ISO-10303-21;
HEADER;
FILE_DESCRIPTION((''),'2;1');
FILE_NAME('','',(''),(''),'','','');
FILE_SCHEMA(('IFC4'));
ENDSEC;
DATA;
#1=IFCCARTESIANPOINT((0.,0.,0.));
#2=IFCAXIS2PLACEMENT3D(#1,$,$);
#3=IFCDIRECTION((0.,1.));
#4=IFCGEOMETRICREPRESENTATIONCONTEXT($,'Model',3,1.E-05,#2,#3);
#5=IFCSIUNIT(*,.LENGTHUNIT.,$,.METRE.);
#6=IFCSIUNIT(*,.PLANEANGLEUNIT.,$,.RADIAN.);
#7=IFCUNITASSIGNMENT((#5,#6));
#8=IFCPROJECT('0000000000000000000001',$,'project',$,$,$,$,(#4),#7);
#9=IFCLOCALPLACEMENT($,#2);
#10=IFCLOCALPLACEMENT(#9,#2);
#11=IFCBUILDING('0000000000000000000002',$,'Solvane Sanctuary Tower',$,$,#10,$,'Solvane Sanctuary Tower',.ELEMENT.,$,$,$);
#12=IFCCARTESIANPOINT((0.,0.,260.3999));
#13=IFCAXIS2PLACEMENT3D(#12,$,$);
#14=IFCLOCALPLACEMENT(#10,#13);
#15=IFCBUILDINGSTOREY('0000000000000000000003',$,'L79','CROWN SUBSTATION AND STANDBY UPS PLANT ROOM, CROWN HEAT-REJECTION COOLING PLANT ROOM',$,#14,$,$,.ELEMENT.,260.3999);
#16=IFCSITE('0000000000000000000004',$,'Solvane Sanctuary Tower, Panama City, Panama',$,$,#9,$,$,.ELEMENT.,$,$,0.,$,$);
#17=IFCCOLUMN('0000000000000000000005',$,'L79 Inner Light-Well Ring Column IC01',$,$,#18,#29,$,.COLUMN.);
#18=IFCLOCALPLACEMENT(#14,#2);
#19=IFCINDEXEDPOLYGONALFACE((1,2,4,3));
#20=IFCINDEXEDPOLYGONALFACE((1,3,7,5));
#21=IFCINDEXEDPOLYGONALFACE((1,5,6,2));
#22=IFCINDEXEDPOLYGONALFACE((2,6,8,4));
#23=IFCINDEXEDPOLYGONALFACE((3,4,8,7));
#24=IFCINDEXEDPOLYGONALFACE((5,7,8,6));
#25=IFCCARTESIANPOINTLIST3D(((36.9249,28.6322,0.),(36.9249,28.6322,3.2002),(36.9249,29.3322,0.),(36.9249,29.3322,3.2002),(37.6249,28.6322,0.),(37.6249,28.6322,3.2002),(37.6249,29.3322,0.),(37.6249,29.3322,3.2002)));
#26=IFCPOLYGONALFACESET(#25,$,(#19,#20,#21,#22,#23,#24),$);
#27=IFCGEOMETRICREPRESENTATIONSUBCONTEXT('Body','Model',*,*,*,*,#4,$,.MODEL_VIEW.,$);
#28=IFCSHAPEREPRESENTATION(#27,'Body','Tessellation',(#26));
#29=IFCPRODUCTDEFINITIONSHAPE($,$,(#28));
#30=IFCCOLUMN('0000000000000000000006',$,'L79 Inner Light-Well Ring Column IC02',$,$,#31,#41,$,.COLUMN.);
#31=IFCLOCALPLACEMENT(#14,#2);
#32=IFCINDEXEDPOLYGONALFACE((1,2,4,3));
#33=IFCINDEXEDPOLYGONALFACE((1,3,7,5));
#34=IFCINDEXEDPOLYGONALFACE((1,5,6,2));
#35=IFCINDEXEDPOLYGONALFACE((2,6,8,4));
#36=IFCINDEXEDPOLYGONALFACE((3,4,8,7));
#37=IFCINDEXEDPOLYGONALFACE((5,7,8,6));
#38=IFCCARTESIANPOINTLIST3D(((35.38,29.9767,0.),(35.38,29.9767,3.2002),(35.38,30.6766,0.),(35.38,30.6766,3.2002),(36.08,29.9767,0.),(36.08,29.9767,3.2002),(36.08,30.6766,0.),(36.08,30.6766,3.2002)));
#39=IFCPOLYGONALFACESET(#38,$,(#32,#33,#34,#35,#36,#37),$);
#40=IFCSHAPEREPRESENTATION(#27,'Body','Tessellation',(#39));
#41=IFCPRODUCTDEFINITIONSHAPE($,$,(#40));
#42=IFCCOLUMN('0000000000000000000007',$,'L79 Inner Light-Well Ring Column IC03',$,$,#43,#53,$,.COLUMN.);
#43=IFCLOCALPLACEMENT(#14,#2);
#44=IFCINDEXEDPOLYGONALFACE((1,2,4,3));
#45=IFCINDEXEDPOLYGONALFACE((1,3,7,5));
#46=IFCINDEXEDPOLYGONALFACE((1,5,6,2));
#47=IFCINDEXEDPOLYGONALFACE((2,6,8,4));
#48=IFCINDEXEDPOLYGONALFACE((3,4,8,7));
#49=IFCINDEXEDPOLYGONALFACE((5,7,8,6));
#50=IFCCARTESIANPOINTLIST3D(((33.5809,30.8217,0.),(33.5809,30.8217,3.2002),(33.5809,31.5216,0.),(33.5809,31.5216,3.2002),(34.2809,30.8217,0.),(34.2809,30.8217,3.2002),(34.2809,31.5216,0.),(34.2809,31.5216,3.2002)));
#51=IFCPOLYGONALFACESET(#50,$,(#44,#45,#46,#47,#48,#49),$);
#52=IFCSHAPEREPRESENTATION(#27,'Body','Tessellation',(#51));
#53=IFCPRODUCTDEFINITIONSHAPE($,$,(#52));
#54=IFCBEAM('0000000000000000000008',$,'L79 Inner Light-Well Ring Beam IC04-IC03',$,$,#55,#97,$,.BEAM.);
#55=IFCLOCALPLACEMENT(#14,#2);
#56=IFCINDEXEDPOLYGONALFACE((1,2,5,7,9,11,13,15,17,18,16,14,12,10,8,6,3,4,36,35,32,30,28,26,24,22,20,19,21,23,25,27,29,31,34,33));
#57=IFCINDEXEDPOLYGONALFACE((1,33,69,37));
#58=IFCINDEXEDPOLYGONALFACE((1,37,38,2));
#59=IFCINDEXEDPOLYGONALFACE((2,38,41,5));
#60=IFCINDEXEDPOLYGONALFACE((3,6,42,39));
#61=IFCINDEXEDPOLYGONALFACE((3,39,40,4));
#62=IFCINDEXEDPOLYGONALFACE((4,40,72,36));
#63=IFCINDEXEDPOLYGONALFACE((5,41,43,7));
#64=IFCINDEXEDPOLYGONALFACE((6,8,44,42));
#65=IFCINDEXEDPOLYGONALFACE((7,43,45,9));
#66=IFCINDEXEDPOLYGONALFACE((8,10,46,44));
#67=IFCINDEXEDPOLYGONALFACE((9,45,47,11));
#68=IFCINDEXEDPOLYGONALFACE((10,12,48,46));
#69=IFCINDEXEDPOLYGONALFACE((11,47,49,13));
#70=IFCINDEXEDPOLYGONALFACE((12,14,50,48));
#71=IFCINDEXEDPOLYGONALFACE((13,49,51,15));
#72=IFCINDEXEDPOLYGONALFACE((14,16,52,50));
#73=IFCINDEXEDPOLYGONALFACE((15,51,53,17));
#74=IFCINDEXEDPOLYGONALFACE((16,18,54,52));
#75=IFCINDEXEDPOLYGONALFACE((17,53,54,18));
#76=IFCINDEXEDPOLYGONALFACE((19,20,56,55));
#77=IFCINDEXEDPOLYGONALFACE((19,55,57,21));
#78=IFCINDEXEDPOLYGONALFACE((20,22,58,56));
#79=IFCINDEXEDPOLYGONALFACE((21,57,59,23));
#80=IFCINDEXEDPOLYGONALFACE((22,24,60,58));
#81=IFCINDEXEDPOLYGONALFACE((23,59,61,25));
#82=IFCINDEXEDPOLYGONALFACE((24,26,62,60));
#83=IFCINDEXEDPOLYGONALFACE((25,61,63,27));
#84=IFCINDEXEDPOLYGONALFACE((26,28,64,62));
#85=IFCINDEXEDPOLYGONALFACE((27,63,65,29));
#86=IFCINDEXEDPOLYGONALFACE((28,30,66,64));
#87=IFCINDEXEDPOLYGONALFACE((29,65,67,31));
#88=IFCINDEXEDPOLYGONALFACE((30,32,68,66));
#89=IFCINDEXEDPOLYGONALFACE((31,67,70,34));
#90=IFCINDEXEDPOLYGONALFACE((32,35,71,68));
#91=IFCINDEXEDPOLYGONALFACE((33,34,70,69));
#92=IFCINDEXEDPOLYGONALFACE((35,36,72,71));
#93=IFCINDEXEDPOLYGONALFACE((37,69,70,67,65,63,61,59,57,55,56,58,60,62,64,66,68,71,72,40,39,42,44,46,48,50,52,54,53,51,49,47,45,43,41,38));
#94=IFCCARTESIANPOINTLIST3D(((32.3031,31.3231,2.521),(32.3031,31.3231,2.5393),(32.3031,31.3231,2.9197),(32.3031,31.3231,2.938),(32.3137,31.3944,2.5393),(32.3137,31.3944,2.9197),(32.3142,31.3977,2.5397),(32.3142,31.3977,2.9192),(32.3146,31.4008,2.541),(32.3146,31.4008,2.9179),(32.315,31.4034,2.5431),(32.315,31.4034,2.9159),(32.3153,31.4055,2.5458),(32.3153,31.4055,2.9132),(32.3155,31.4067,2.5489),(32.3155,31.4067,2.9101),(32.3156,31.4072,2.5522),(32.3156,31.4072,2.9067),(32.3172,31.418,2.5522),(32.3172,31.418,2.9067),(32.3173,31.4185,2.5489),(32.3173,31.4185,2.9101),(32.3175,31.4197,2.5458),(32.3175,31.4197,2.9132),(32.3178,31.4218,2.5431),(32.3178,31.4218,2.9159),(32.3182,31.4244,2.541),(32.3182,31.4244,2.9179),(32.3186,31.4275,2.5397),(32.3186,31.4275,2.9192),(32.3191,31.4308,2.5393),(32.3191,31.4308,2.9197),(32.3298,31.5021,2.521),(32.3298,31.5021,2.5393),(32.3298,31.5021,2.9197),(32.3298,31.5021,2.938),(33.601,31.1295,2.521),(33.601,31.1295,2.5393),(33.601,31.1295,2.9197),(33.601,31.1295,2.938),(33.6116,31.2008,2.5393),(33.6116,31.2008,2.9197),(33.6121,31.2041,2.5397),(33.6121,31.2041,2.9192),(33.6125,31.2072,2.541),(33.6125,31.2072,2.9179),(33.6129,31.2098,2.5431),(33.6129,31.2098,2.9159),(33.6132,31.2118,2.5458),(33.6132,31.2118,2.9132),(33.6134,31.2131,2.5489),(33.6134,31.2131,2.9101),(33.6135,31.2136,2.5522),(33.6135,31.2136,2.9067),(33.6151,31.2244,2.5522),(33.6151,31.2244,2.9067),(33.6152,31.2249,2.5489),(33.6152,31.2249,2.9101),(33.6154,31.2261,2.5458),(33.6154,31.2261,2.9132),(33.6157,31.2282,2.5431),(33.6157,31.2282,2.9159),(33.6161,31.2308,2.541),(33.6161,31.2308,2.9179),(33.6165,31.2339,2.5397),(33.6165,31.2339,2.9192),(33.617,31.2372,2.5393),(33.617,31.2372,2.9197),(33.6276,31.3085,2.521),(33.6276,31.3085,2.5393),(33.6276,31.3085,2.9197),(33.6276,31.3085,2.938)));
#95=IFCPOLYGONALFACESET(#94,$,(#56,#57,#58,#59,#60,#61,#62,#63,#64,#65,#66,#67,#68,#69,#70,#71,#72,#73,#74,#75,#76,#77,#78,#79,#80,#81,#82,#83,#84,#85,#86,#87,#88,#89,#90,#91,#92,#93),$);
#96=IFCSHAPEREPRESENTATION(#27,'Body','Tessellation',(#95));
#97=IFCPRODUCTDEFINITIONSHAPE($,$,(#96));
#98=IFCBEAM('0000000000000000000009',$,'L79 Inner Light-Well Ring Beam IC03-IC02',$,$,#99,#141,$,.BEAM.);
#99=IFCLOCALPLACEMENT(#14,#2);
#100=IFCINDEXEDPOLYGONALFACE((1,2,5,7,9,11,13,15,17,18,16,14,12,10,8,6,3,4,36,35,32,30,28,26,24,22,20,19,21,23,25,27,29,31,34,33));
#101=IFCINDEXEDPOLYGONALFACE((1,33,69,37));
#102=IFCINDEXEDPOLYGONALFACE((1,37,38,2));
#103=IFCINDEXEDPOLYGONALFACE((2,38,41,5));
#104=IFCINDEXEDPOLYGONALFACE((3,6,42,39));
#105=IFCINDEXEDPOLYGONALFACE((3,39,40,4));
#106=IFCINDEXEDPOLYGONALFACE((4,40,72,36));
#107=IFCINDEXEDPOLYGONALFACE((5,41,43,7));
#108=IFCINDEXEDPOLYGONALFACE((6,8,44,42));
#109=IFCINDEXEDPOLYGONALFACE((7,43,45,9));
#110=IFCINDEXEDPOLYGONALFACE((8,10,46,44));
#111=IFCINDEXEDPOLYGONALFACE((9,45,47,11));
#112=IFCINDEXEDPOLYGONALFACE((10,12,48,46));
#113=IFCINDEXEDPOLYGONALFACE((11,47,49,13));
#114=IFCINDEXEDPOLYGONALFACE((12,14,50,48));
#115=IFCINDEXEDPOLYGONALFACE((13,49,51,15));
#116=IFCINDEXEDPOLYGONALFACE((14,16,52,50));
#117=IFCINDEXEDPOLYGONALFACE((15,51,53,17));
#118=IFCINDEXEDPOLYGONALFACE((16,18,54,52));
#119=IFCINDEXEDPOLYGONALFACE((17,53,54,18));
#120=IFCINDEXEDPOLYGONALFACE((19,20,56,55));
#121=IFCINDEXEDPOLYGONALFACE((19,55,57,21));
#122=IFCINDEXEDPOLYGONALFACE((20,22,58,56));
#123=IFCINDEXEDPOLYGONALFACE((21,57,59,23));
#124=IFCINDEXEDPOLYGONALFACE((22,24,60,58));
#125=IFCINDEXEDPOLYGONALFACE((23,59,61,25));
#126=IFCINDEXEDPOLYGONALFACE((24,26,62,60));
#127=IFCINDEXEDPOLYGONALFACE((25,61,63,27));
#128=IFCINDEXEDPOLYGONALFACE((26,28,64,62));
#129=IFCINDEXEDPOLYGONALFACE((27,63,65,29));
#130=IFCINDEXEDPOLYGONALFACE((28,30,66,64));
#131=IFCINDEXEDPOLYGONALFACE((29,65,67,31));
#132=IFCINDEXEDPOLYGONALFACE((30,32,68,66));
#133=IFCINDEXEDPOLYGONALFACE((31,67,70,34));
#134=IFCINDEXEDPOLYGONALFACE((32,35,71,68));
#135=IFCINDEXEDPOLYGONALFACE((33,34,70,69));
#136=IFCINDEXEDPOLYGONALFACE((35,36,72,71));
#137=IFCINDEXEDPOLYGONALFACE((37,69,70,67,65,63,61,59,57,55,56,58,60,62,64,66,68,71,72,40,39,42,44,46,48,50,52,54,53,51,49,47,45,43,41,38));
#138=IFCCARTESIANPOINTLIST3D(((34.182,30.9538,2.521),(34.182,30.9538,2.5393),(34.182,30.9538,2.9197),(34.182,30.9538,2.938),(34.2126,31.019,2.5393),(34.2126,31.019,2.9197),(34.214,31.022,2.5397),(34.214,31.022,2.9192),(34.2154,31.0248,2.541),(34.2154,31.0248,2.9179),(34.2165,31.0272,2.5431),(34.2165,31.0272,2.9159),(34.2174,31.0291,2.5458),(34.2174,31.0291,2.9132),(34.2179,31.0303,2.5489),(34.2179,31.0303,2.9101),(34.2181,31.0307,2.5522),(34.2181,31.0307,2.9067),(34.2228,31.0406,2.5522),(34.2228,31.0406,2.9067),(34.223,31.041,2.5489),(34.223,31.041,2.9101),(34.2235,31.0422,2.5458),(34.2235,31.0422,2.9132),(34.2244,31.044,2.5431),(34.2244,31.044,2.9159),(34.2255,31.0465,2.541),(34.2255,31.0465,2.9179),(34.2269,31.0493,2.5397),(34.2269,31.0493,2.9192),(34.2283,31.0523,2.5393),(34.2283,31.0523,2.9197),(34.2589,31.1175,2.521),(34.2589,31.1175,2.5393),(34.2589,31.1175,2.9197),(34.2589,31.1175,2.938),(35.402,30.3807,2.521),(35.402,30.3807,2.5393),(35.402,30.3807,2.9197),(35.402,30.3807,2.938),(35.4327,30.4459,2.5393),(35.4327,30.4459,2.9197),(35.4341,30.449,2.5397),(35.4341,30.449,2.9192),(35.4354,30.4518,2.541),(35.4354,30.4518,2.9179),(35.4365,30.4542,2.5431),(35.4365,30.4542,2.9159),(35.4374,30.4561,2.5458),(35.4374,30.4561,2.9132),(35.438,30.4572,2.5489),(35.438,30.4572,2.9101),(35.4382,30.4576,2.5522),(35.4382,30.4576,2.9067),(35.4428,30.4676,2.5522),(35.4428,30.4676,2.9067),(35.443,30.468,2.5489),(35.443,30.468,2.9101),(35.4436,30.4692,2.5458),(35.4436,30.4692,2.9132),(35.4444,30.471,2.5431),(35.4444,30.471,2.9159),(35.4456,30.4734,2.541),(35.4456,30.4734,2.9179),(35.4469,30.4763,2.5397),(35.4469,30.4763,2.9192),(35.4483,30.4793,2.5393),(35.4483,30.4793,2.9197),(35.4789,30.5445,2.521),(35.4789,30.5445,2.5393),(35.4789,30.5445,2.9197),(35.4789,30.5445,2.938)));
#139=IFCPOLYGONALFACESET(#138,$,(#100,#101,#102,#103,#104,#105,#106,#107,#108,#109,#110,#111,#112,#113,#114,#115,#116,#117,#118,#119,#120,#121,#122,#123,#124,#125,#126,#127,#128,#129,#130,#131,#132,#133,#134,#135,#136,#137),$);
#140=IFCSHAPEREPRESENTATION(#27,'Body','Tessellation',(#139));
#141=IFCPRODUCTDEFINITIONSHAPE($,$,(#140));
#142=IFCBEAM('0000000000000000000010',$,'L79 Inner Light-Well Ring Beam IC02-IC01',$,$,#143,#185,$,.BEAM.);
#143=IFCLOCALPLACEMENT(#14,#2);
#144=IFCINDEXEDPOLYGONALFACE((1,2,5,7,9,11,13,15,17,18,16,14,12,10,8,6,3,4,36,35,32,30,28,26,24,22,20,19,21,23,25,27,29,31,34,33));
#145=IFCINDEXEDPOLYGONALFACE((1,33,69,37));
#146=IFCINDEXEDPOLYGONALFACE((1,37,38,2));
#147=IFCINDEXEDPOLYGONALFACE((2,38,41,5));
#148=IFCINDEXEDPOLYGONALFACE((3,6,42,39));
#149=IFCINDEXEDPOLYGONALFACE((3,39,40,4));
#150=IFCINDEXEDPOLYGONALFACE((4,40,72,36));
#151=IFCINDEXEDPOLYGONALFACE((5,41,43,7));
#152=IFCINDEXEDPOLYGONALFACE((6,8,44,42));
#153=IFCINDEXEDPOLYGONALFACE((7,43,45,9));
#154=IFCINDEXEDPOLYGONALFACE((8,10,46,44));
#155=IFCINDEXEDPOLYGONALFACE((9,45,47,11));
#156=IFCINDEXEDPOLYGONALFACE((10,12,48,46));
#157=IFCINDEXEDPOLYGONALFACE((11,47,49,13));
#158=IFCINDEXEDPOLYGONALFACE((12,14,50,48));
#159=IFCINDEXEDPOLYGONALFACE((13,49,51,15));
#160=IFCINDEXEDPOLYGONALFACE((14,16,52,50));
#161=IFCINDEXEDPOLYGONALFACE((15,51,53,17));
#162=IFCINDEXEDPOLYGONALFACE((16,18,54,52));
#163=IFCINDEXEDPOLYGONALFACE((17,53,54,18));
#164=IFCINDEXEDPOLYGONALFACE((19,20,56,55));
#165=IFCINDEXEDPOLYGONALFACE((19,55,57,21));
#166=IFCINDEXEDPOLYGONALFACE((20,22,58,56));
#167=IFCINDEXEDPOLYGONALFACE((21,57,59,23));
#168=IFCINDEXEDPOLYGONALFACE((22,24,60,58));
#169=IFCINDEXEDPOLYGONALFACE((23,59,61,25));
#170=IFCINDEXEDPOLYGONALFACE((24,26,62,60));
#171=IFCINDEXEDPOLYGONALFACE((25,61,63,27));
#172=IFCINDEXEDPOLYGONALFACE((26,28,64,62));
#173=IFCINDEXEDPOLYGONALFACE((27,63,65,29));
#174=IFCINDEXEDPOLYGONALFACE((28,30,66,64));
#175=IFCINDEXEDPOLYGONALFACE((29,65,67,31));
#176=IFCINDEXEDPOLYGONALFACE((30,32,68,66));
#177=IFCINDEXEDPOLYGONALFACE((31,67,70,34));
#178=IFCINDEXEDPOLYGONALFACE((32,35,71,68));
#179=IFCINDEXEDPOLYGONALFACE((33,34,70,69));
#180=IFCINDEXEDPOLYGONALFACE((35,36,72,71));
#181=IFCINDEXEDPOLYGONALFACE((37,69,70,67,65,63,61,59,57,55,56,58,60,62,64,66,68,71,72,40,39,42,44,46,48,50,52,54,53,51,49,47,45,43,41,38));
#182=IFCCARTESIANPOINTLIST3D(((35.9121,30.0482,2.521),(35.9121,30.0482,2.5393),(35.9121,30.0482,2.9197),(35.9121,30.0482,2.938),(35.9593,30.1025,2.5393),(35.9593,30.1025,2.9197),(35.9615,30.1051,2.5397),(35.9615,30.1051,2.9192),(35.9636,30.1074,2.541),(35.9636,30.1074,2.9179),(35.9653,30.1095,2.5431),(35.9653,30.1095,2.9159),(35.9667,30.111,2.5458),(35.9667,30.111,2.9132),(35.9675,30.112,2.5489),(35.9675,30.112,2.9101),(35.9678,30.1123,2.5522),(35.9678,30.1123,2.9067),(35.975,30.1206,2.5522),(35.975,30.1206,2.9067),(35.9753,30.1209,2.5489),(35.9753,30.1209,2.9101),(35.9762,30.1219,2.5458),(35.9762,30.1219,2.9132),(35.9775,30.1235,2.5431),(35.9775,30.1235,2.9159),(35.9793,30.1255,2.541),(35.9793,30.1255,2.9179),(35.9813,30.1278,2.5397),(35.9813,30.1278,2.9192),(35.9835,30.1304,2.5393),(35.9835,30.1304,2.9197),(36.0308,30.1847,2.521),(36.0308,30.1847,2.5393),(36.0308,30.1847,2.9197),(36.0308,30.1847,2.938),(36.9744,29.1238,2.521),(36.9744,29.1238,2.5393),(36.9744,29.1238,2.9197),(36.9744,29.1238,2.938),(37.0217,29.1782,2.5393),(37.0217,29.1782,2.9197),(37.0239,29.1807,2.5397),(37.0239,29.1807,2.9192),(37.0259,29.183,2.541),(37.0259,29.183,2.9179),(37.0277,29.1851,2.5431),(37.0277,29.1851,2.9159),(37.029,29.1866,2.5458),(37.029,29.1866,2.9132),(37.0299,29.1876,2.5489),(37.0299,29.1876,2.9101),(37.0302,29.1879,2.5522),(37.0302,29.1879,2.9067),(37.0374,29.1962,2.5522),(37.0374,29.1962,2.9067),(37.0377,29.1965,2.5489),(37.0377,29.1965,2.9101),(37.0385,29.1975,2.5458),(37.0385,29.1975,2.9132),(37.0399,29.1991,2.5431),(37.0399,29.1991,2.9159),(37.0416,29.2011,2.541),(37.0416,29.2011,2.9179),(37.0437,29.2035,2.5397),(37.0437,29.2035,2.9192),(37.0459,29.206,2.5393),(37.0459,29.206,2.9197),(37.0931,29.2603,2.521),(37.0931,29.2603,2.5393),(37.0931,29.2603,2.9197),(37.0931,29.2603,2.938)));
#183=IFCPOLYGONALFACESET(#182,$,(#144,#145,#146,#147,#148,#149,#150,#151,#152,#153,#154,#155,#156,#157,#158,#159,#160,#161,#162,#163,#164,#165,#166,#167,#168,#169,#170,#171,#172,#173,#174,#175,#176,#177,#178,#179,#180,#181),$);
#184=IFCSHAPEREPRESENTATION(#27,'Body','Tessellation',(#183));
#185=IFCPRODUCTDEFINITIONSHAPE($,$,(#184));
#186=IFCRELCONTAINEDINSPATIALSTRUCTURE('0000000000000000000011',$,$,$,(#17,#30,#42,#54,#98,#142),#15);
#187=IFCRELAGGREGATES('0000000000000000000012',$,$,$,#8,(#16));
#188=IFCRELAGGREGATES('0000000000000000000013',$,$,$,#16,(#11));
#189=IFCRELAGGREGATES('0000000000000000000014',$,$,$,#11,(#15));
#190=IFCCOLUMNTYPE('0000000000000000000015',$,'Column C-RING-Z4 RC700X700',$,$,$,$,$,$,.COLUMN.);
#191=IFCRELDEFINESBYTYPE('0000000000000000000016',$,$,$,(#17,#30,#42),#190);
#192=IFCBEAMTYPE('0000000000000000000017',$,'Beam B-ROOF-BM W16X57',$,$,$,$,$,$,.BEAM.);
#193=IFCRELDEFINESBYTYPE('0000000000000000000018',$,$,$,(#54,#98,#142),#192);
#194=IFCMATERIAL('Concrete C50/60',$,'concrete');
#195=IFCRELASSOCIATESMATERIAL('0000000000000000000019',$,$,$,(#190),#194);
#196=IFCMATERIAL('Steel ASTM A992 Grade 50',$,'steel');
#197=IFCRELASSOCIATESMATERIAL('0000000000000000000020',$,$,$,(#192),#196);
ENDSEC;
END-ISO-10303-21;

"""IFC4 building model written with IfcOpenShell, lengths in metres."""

from ifc_helpers import new_model, si_unit, direction, frame, origin, origin_2d, place, context, subcontext, project, spatial, rectangle, i_section, extrude, material, material_profile, profile_set, type_object, element, save


model = new_model("IFC4")

# Units and contexts
model_context = context("Model", 3, precision=1e-05, world=origin(), true_north=direction((0.0, 1.0)))
body_context = subcontext(model_context, "Body", "Model", "MODEL_VIEW")
ifc_project = project(units=[si_unit("LENGTHUNIT", "METRE"), si_unit("PLANEANGLEUNIT", "RADIAN")], contexts=[model_context])

# Site, building, storey
site_placement = place(None, origin())
site = spatial("IfcSite", under=ifc_project, at=site_placement, Name="Solvane Sanctuary Tower, Panama City, Panama", CompositionType="ELEMENT", RefElevation=0.0)
building_placement = place(site_placement, origin())
building = spatial("IfcBuilding", under=site, at=building_placement, Name="Solvane Sanctuary Tower", LongName="Solvane Sanctuary Tower", CompositionType="ELEMENT")
storey_placement = place(building_placement, frame((0.0, 0.0, 260.3999)))
storey = spatial("IfcBuildingStorey", under=building, at=storey_placement, Name="L79", Description="CROWN SUBSTATION AND STANDBY UPS PLANT ROOM, CROWN HEAT-REJECTION COOLING PLANT ROOM", CompositionType="ELEMENT", Elevation=260.3999)

# Columns
ifc_material_1 = material(Name="Concrete C50/60", Category="concrete")
ifc_material_profile_1 = material_profile(ifc_material_1, rectangle(XDim=0.7, YDim=0.7, at=origin_2d()), Name="RC700X700")
ifc_profile_set_1 = profile_set([ifc_material_profile_1], Name="Concrete C50/60")
column_type = type_object("IfcColumnType", Name="Column C-RING-Z4 RC700X700", PredefinedType="COLUMN", material=ifc_profile_set_1)
for number, where, z_axis, x_axis, name in (
    (1, (37.2749, 28.9822, 0.0), (0.0, 0.0, 1.0), (1.0, 0.0, 0.0), "L79 Inner Light-Well Ring Column IC01"),
    (2, (35.73, 30.3267, 0.0), (0.0, 0.0, 1.0), (1.0, 0.0, 0.0), "L79 Inner Light-Well Ring Column IC02"),
    (3, (33.9309, 31.1716, 0.0), (0.0, 0.0, 1.0), (1.0, 0.0, 0.0), "L79 Inner Light-Well Ring Column IC03"),
):
    element("IfcColumn", number, at=place(storey_placement, frame(where, z_axis=z_axis, x_axis=x_axis)), inside=storey, type_object=column_type, Name=name, PredefinedType="COLUMN", context=body_context, shape_type="SweptSolid", body=[
        extrude(rectangle(XDim=0.7, YDim=0.7, at=origin_2d()), origin(), (0.0, 0.0, 1.0), 3.2002),
    ])

# Beams
ifc_material_2 = material(Name="Steel ASTM A992 Grade 50", Category="steel")
ifc_material_profile_2 = material_profile(ifc_material_2, i_section(OverallWidth=0.1809, OverallDepth=0.417, WebThickness=0.011, FlangeThickness=0.0183, FilletRadius=0.0129, at=origin_2d()), Name="W16X57")
ifc_profile_set_2 = profile_set([ifc_material_profile_2], Name="Steel ASTM A992 Grade 50")
beam_type_1 = type_object("IfcBeamType", Name="Beam B-ROOF-BM W16X57", PredefinedType="BEAM", material=ifc_profile_set_2)
beam_1_placement = place(storey_placement, frame((32.3164, 31.4126, 2.7295), z_axis=(0.989056, -0.14754, 0.0), x_axis=(0.14754, 0.989056, 0.0)))
element("IfcBeam", 4, at=beam_1_placement, inside=storey, type_object=beam_type_1, Name="L79 Inner Light-Well Ring Beam IC04-IC03", PredefinedType="BEAM", context=body_context, shape_type="SweptSolid", body=[
    extrude(i_section(OverallWidth=0.1809, OverallDepth=0.417, WebThickness=0.011, FlangeThickness=0.0183, FilletRadius=0.0129, at=origin_2d()), origin(), (0.0, 0.0, 1.0), 1.3123),
])
beam_2_placement = place(storey_placement, frame((34.2205, 31.0356, 2.7295), z_axis=(0.905135, -0.425125, 0.0), x_axis=(0.425125, 0.905135, 0.0)))
element("IfcBeam", 5, at=beam_2_placement, inside=storey, type_object=beam_type_1, Name="L79 Inner Light-Well Ring Beam IC03-IC02", PredefinedType="BEAM", context=body_context, shape_type="SweptSolid", body=[
    extrude(i_section(OverallWidth=0.1809, OverallDepth=0.417, WebThickness=0.011, FlangeThickness=0.0183, FilletRadius=0.0129, at=origin_2d()), origin(), (0.0, 0.0, 1.0), 1.3479),
])
beam_3_placement = place(storey_placement, frame((35.9714, 30.1165, 2.7295), z_axis=(0.754389, -0.656428, 0.0), x_axis=(0.656428, 0.754389, 0.0)))
element("IfcBeam", 6, at=beam_3_placement, inside=storey, type_object=beam_type_1, Name="L79 Inner Light-Well Ring Beam IC02-IC01", PredefinedType="BEAM", context=body_context, shape_type="SweptSolid", body=[
    extrude(i_section(OverallWidth=0.1809, OverallDepth=0.417, WebThickness=0.011, FlangeThickness=0.0183, FilletRadius=0.0129, at=origin_2d()), origin(), (0.0, 0.0, 1.0), 1.4082),
])

save(model, "model.ifc")
